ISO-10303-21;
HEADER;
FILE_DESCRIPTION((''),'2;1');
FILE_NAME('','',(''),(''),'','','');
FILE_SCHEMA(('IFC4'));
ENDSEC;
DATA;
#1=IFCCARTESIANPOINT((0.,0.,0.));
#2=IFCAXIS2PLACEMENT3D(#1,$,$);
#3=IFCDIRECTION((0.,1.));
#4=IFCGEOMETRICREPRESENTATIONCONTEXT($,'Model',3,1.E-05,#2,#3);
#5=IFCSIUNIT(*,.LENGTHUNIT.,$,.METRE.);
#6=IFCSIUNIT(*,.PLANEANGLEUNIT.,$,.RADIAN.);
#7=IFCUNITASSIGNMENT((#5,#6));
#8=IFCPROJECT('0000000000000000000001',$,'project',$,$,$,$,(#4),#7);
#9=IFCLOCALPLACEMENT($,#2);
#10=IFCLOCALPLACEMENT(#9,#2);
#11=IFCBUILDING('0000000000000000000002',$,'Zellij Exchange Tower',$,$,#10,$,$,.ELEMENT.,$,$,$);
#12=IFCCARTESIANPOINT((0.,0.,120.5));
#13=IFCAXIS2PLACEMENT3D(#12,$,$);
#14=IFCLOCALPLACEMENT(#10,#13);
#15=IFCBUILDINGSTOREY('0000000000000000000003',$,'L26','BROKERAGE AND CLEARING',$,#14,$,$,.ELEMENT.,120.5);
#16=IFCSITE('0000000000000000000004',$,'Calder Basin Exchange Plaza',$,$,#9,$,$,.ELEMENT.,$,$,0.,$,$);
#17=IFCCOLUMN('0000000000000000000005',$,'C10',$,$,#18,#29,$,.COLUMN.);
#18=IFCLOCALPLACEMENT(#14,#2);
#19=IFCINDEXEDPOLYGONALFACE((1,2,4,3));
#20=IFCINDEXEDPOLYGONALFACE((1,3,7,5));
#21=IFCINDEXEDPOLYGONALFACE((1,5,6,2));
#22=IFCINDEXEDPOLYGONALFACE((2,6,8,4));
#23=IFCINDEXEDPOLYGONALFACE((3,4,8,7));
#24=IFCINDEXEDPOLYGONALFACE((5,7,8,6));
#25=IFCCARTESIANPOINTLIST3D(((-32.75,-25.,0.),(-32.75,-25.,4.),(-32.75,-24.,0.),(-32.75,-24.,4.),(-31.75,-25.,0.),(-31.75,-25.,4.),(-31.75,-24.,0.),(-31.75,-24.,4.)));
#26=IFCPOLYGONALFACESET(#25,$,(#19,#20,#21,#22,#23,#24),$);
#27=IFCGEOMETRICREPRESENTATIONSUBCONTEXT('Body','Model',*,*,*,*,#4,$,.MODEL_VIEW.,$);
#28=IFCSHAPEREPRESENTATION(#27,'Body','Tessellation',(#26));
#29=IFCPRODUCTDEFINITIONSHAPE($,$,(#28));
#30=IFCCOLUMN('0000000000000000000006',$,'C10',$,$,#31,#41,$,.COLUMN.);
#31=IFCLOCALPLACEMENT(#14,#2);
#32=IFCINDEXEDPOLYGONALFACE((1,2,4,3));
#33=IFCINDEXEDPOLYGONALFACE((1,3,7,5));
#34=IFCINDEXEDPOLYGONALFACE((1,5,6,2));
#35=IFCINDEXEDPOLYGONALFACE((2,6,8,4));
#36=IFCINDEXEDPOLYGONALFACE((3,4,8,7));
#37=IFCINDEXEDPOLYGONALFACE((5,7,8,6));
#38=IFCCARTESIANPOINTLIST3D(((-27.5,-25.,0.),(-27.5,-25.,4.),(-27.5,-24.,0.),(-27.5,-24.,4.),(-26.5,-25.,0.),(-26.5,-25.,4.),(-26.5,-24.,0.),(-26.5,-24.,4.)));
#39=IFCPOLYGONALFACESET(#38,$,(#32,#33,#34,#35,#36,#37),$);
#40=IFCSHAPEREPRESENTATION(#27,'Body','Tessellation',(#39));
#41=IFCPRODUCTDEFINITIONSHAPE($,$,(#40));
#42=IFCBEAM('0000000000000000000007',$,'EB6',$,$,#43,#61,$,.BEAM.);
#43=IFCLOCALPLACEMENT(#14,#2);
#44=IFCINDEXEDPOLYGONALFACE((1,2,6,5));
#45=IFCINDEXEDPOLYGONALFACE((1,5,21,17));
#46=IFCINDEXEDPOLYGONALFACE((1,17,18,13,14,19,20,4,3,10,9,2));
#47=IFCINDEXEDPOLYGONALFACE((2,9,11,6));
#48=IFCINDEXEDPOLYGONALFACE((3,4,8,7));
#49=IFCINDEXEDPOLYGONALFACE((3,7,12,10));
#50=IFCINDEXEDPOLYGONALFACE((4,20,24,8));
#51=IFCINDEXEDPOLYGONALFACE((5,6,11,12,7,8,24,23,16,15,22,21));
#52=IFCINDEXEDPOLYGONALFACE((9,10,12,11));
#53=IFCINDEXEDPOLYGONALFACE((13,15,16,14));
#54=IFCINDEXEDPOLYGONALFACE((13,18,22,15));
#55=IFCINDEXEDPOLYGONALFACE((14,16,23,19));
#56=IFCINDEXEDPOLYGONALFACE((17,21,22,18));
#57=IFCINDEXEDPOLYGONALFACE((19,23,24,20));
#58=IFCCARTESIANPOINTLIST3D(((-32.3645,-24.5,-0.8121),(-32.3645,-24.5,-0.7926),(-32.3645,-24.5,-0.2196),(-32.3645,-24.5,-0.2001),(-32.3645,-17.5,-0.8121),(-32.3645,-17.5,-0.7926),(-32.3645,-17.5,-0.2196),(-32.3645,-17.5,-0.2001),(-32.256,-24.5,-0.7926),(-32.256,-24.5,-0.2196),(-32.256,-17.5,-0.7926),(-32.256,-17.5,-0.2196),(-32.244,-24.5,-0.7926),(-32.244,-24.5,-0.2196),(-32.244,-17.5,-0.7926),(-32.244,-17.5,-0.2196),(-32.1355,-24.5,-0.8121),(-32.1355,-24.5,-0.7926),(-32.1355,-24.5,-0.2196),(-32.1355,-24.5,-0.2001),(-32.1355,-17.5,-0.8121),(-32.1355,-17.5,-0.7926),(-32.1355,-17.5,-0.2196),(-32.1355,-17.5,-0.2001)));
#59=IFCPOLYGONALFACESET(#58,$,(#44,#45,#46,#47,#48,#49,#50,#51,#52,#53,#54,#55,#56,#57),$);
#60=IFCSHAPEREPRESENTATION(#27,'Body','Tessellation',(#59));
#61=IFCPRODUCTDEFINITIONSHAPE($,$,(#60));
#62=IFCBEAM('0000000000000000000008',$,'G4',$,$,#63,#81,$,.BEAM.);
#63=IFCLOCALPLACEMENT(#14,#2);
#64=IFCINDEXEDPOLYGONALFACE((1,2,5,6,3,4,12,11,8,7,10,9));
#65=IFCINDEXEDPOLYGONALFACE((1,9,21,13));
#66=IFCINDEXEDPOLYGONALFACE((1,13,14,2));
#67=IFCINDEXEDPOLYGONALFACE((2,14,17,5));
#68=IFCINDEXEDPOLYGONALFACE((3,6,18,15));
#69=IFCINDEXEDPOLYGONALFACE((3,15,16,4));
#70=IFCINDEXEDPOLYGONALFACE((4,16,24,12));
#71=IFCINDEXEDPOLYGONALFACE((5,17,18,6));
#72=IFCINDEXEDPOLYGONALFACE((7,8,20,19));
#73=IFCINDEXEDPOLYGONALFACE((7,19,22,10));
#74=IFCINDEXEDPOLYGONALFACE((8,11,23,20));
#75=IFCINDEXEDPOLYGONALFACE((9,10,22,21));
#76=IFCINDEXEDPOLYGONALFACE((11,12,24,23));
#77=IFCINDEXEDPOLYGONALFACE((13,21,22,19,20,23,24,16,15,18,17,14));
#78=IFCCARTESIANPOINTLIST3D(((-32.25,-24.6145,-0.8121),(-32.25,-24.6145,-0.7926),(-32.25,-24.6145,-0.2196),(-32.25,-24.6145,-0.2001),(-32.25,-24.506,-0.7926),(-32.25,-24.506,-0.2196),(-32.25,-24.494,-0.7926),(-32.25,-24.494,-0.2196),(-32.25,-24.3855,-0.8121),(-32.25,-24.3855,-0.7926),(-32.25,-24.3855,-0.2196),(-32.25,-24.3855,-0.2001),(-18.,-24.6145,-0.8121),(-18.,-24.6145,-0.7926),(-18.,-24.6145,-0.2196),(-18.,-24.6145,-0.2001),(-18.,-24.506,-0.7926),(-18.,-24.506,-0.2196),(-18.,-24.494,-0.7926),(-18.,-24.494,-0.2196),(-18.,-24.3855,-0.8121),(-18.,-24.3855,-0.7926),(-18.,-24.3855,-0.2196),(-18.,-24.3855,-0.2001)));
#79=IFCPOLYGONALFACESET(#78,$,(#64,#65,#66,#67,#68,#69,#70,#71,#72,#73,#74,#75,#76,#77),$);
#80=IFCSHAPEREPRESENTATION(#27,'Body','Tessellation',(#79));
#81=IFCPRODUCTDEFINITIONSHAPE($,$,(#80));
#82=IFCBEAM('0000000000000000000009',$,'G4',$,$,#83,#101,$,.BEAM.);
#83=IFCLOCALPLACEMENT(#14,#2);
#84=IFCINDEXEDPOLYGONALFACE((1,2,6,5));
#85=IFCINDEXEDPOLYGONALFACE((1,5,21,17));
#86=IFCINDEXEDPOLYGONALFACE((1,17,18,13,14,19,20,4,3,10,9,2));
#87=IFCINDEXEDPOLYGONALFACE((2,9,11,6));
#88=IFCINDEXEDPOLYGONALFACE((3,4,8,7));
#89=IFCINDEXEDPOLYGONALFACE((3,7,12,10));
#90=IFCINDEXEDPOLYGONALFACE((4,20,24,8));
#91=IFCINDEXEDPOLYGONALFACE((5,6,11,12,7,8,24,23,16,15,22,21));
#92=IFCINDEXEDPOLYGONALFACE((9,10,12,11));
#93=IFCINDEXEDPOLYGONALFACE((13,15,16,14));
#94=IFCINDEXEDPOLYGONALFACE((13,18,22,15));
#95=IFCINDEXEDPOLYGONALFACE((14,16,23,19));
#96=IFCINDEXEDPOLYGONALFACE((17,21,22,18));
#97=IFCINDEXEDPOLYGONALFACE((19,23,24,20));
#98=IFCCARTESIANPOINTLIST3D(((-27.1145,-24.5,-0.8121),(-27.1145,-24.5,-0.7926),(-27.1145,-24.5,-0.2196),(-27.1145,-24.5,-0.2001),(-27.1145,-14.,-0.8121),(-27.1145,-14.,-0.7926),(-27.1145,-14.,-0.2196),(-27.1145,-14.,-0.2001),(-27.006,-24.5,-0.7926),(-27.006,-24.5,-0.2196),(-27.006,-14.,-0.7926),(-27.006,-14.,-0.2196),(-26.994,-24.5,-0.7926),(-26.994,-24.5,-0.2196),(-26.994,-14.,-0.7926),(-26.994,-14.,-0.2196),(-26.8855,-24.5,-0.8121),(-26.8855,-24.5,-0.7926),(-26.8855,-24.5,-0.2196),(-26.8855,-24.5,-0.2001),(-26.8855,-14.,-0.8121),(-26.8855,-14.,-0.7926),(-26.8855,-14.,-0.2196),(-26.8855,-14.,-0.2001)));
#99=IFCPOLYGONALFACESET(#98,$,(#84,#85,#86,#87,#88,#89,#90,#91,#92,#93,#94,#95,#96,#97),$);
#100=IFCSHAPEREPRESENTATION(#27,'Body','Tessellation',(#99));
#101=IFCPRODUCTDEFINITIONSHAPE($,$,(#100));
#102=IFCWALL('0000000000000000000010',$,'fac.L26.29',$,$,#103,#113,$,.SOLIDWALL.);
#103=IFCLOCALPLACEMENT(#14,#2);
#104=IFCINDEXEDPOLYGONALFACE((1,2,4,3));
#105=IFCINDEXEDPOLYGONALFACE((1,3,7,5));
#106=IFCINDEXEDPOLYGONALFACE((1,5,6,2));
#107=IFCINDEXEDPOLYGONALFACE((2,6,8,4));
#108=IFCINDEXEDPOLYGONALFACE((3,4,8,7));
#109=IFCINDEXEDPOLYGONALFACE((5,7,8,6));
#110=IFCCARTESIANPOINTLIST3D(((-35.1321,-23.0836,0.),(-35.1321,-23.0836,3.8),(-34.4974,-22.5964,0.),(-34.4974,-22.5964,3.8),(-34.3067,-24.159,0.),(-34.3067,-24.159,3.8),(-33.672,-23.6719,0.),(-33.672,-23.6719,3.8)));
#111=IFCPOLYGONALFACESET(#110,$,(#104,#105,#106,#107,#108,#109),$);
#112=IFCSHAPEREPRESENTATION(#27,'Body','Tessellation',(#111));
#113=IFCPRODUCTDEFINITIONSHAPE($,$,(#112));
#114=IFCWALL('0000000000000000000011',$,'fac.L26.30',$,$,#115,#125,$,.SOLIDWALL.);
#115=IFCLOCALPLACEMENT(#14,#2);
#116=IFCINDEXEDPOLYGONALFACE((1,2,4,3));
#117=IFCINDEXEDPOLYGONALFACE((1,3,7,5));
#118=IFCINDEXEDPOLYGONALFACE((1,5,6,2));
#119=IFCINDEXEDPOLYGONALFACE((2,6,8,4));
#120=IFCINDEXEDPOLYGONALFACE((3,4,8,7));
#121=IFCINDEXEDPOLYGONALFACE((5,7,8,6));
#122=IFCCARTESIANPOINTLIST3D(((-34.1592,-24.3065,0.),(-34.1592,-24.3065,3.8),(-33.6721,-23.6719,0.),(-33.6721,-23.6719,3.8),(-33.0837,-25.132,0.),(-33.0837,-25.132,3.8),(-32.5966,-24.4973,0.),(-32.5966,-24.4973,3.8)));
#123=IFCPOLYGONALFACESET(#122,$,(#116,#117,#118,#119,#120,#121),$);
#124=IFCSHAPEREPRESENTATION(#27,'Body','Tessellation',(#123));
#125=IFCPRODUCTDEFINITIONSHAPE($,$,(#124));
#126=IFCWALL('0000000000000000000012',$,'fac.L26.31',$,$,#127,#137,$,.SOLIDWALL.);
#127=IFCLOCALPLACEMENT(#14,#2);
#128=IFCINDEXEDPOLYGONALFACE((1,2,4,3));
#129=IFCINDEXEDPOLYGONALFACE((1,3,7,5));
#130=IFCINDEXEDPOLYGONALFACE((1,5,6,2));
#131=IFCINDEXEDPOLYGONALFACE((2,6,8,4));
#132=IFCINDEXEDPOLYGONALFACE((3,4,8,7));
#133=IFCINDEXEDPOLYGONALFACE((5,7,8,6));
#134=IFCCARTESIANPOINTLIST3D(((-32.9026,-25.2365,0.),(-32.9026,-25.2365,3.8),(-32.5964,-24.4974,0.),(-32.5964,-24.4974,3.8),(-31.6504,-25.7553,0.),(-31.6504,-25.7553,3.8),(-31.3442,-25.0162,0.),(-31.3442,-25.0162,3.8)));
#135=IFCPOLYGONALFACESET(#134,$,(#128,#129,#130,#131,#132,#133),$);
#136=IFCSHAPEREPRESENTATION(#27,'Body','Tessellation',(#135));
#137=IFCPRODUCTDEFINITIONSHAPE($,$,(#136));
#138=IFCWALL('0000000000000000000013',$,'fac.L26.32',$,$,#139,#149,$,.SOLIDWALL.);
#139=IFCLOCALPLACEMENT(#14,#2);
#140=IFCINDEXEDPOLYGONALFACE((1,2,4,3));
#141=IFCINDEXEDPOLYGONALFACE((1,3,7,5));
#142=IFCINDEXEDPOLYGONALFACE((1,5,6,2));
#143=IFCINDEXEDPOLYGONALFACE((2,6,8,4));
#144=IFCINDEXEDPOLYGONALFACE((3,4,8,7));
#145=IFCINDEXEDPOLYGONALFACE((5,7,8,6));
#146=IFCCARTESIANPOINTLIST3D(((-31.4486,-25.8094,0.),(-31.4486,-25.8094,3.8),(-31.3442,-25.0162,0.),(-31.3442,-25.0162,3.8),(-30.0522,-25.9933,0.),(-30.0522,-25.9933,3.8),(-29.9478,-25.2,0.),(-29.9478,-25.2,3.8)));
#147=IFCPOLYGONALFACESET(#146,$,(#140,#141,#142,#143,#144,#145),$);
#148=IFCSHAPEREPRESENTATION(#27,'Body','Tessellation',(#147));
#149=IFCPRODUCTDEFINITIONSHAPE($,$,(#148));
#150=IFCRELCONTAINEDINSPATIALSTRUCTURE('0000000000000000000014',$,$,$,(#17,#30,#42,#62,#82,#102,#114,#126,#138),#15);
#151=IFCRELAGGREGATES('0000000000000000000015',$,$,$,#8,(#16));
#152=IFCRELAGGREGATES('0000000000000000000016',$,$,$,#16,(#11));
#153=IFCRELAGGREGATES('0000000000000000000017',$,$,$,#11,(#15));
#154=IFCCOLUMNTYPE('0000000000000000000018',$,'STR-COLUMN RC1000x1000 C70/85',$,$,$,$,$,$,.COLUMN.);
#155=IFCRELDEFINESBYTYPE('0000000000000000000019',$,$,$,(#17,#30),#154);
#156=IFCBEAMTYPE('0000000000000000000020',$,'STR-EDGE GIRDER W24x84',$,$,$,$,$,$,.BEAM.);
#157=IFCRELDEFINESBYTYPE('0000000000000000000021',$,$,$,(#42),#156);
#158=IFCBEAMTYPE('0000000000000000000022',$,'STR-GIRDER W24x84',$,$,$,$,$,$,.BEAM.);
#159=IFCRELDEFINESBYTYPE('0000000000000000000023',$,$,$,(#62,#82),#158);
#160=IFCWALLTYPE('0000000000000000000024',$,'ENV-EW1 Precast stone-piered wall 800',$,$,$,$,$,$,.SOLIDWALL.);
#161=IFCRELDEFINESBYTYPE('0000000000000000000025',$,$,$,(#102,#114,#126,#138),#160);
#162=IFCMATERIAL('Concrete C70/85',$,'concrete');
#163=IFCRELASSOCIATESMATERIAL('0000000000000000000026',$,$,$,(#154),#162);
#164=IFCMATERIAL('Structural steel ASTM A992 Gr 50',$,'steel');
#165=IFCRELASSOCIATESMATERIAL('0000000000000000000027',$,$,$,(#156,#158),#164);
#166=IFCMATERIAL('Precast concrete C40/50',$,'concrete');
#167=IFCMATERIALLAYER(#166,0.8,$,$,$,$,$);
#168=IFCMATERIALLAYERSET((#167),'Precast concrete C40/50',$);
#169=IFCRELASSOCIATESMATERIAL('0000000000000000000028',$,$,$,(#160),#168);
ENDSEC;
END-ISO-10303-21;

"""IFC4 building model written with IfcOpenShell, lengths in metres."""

from ifc_helpers import new_model, si_unit, direction, frame, frame_2d, origin, origin_2d, place, context, subcontext, project, spatial, rectangle, i_section, extrude, material, layer, layer_set, material_profile, profile_set, type_object, element, save


model = new_model("IFC4")

# Units and contexts
model_context = context("Model", 3, precision=1e-05, world=origin(), true_north=direction((0.0, 1.0)))
body_context = subcontext(model_context, "Body", "Model", "MODEL_VIEW")
ifc_project = project(units=[si_unit("LENGTHUNIT", "METRE"), si_unit("PLANEANGLEUNIT", "RADIAN")], contexts=[model_context])

# Site, building, storey
site_placement = place(None, origin())
site = spatial("IfcSite", under=ifc_project, at=site_placement, Name="Calder Basin Exchange Plaza", CompositionType="ELEMENT", RefElevation=0.0)
building_placement = place(site_placement, origin())
building = spatial("IfcBuilding", under=site, at=building_placement, Name="Zellij Exchange Tower", CompositionType="ELEMENT")
storey_placement = place(building_placement, frame((0.0, 0.0, 120.5)))
storey = spatial("IfcBuildingStorey", under=building, at=storey_placement, Name="L26", Description="BROKERAGE AND CLEARING", CompositionType="ELEMENT", Elevation=120.5)

# Columns
ifc_material_1 = material(Name="Concrete C70/85", Category="concrete")
ifc_material_profile_1 = material_profile(ifc_material_1, rectangle(XDim=1.0, YDim=1.0, at=origin_2d()), Name="STR-COLUMN RC1000x1000 C70/85")
ifc_profile_set_1 = profile_set([ifc_material_profile_1], Name="Concrete C70/85")
column_type = type_object("IfcColumnType", Name="STR-COLUMN RC1000x1000 C70/85", PredefinedType="COLUMN", material=ifc_profile_set_1)
for number, where, z_axis, x_axis, name in (
    (1, (-32.25, -24.5, 0.0), (0.0, 0.0, 1.0), (1.0, 0.0, 0.0), "C10"),
    (2, (-27.0, -24.5, 0.0), (0.0, 0.0, 1.0), (1.0, 0.0, 0.0), "C10"),
):
    element("IfcColumn", number, at=place(storey_placement, frame(where, z_axis=z_axis, x_axis=x_axis)), inside=storey, type_object=column_type, Name=name, PredefinedType="COLUMN", context=body_context, shape_type="SweptSolid", body=[
        extrude(rectangle(XDim=1.0, YDim=1.0, at=origin_2d()), origin(), (0.0, 0.0, 1.0), 4.0),
    ])

# Beams
ifc_material_2 = material(Name="Structural steel ASTM A992 Gr 50", Category="steel")
ifc_material_profile_2 = material_profile(ifc_material_2, i_section(OverallWidth=0.229, OverallDepth=0.6121, WebThickness=0.012, FlangeThickness=0.0195, at=origin_2d()), Name="W24x84")
ifc_profile_set_2 = profile_set([ifc_material_profile_2], Name="Structural steel ASTM A992 Gr 50")
beam_type_1 = type_object("IfcBeamType", Name="STR-EDGE GIRDER W24x84", PredefinedType="BEAM", material=ifc_profile_set_2)
beam_1_placement = place(storey_placement, frame((-32.25, -24.5, -0.5061), z_axis=(0.0, 1.0, 0.0), x_axis=(-1.0, 0.0, 0.0)))
element("IfcBeam", 3, at=beam_1_placement, inside=storey, type_object=beam_type_1, Name="EB6", PredefinedType="BEAM", context=body_context, shape_type="SweptSolid", body=[
    extrude(i_section(OverallWidth=0.229, OverallDepth=0.6121, WebThickness=0.012, FlangeThickness=0.0195, at=origin_2d()), origin(), (0.0, 0.0, 1.0), 7.0),
])
ifc_material_profile_3 = material_profile(ifc_material_2, i_section(OverallWidth=0.229, OverallDepth=0.6121, WebThickness=0.012, FlangeThickness=0.0195, at=origin_2d()), Name="W24x84")
ifc_profile_set_3 = profile_set([ifc_material_profile_3], Name="Structural steel ASTM A992 Gr 50")
beam_type_2 = type_object("IfcBeamType", Name="STR-GIRDER W24x84", PredefinedType="BEAM", material=ifc_profile_set_3)
beam_2_placement = place(storey_placement, frame((-32.25, -24.5, -0.5061), z_axis=(1.0, 0.0, 0.0), x_axis=(0.0, 1.0, 0.0)))
element("IfcBeam", 4, at=beam_2_placement, inside=storey, type_object=beam_type_2, Name="G4", PredefinedType="BEAM", context=body_context, shape_type="SweptSolid", body=[
    extrude(i_section(OverallWidth=0.229, OverallDepth=0.6121, WebThickness=0.012, FlangeThickness=0.0195, at=origin_2d()), origin(), (0.0, 0.0, 1.0), 14.25),
])
beam_3_placement = place(storey_placement, frame((-27.0, -24.5, -0.5061), z_axis=(0.0, 1.0, 0.0), x_axis=(-1.0, 0.0, 0.0)))
element("IfcBeam", 5, at=beam_3_placement, inside=storey, type_object=beam_type_2, Name="G4", PredefinedType="BEAM", context=body_context, shape_type="SweptSolid", body=[
    extrude(i_section(OverallWidth=0.229, OverallDepth=0.6121, WebThickness=0.012, FlangeThickness=0.0195, at=origin_2d()), origin(), (0.0, 0.0, 1.0), 10.5),
])

# Shared definitions
ifc_material_3 = material(Name="Precast concrete C40/50", Category="concrete")
ifc_layer = layer(ifc_material_3, 0.8)
ifc_layer_set = layer_set([ifc_layer], Name="Precast concrete C40/50")
wall_type = type_object("IfcWallType", Name="ENV-EW1 Precast stone-piered wall 800", PredefinedType="SOLIDWALL", material=ifc_layer_set)

# Walls
for number, where, z_axis, x_axis, name in (
    (6, (-34.8147, -22.8401, 0.0), (0.0, 0.0, 1.0), (0.608866, -0.793273, 0.0), "fac.L26.29"),
    (7, (-33.9155, -23.9893, 0.0), (0.0, 0.0, 1.0), (0.793273, -0.608866, 0.0), "fac.L26.30"),
):
    element("IfcWall", number, at=place(storey_placement, frame(where, z_axis=z_axis, x_axis=x_axis)), inside=storey, type_object=wall_type, Name=name, PredefinedType="SOLIDWALL", context=body_context, shape_type="SweptSolid", body=[
        extrude(rectangle(XDim=1.3557, YDim=0.8, at=frame_2d((0.6777, 0.0))), origin(), (0.0, 0.0, 1.0), 3.8),
    ])
wall_1_placement = place(storey_placement, frame((-32.7495, -24.8669, 0.0), z_axis=(0.0, 0.0, 1.0), x_axis=(0.923848, -0.38276, 0.0)))
element("IfcWall", 8, at=wall_1_placement, inside=storey, type_object=wall_type, Name="fac.L26.31", PredefinedType="SOLIDWALL", context=body_context, shape_type="SweptSolid", body=[
    extrude(rectangle(XDim=1.3555, YDim=0.8, at=frame_2d((0.6777, 0.0))), origin(), (0.0, 0.0, 1.0), 3.8),
])
wall_2_placement = place(storey_placement, frame((-31.3962, -25.4128, 0.0), z_axis=(0.0, 0.0, 1.0), x_axis=(0.991446, -0.130517, 0.0)))
element("IfcWall", 9, at=wall_2_placement, inside=storey, type_object=wall_type, Name="fac.L26.32", PredefinedType="SOLIDWALL", context=body_context, shape_type="SweptSolid", body=[
    extrude(rectangle(XDim=1.4084, YDim=0.8, at=frame_2d((0.7041, 0.0))), origin(), (0.0, 0.0, 1.0), 3.8),
])

save(model, "model.ifc")
